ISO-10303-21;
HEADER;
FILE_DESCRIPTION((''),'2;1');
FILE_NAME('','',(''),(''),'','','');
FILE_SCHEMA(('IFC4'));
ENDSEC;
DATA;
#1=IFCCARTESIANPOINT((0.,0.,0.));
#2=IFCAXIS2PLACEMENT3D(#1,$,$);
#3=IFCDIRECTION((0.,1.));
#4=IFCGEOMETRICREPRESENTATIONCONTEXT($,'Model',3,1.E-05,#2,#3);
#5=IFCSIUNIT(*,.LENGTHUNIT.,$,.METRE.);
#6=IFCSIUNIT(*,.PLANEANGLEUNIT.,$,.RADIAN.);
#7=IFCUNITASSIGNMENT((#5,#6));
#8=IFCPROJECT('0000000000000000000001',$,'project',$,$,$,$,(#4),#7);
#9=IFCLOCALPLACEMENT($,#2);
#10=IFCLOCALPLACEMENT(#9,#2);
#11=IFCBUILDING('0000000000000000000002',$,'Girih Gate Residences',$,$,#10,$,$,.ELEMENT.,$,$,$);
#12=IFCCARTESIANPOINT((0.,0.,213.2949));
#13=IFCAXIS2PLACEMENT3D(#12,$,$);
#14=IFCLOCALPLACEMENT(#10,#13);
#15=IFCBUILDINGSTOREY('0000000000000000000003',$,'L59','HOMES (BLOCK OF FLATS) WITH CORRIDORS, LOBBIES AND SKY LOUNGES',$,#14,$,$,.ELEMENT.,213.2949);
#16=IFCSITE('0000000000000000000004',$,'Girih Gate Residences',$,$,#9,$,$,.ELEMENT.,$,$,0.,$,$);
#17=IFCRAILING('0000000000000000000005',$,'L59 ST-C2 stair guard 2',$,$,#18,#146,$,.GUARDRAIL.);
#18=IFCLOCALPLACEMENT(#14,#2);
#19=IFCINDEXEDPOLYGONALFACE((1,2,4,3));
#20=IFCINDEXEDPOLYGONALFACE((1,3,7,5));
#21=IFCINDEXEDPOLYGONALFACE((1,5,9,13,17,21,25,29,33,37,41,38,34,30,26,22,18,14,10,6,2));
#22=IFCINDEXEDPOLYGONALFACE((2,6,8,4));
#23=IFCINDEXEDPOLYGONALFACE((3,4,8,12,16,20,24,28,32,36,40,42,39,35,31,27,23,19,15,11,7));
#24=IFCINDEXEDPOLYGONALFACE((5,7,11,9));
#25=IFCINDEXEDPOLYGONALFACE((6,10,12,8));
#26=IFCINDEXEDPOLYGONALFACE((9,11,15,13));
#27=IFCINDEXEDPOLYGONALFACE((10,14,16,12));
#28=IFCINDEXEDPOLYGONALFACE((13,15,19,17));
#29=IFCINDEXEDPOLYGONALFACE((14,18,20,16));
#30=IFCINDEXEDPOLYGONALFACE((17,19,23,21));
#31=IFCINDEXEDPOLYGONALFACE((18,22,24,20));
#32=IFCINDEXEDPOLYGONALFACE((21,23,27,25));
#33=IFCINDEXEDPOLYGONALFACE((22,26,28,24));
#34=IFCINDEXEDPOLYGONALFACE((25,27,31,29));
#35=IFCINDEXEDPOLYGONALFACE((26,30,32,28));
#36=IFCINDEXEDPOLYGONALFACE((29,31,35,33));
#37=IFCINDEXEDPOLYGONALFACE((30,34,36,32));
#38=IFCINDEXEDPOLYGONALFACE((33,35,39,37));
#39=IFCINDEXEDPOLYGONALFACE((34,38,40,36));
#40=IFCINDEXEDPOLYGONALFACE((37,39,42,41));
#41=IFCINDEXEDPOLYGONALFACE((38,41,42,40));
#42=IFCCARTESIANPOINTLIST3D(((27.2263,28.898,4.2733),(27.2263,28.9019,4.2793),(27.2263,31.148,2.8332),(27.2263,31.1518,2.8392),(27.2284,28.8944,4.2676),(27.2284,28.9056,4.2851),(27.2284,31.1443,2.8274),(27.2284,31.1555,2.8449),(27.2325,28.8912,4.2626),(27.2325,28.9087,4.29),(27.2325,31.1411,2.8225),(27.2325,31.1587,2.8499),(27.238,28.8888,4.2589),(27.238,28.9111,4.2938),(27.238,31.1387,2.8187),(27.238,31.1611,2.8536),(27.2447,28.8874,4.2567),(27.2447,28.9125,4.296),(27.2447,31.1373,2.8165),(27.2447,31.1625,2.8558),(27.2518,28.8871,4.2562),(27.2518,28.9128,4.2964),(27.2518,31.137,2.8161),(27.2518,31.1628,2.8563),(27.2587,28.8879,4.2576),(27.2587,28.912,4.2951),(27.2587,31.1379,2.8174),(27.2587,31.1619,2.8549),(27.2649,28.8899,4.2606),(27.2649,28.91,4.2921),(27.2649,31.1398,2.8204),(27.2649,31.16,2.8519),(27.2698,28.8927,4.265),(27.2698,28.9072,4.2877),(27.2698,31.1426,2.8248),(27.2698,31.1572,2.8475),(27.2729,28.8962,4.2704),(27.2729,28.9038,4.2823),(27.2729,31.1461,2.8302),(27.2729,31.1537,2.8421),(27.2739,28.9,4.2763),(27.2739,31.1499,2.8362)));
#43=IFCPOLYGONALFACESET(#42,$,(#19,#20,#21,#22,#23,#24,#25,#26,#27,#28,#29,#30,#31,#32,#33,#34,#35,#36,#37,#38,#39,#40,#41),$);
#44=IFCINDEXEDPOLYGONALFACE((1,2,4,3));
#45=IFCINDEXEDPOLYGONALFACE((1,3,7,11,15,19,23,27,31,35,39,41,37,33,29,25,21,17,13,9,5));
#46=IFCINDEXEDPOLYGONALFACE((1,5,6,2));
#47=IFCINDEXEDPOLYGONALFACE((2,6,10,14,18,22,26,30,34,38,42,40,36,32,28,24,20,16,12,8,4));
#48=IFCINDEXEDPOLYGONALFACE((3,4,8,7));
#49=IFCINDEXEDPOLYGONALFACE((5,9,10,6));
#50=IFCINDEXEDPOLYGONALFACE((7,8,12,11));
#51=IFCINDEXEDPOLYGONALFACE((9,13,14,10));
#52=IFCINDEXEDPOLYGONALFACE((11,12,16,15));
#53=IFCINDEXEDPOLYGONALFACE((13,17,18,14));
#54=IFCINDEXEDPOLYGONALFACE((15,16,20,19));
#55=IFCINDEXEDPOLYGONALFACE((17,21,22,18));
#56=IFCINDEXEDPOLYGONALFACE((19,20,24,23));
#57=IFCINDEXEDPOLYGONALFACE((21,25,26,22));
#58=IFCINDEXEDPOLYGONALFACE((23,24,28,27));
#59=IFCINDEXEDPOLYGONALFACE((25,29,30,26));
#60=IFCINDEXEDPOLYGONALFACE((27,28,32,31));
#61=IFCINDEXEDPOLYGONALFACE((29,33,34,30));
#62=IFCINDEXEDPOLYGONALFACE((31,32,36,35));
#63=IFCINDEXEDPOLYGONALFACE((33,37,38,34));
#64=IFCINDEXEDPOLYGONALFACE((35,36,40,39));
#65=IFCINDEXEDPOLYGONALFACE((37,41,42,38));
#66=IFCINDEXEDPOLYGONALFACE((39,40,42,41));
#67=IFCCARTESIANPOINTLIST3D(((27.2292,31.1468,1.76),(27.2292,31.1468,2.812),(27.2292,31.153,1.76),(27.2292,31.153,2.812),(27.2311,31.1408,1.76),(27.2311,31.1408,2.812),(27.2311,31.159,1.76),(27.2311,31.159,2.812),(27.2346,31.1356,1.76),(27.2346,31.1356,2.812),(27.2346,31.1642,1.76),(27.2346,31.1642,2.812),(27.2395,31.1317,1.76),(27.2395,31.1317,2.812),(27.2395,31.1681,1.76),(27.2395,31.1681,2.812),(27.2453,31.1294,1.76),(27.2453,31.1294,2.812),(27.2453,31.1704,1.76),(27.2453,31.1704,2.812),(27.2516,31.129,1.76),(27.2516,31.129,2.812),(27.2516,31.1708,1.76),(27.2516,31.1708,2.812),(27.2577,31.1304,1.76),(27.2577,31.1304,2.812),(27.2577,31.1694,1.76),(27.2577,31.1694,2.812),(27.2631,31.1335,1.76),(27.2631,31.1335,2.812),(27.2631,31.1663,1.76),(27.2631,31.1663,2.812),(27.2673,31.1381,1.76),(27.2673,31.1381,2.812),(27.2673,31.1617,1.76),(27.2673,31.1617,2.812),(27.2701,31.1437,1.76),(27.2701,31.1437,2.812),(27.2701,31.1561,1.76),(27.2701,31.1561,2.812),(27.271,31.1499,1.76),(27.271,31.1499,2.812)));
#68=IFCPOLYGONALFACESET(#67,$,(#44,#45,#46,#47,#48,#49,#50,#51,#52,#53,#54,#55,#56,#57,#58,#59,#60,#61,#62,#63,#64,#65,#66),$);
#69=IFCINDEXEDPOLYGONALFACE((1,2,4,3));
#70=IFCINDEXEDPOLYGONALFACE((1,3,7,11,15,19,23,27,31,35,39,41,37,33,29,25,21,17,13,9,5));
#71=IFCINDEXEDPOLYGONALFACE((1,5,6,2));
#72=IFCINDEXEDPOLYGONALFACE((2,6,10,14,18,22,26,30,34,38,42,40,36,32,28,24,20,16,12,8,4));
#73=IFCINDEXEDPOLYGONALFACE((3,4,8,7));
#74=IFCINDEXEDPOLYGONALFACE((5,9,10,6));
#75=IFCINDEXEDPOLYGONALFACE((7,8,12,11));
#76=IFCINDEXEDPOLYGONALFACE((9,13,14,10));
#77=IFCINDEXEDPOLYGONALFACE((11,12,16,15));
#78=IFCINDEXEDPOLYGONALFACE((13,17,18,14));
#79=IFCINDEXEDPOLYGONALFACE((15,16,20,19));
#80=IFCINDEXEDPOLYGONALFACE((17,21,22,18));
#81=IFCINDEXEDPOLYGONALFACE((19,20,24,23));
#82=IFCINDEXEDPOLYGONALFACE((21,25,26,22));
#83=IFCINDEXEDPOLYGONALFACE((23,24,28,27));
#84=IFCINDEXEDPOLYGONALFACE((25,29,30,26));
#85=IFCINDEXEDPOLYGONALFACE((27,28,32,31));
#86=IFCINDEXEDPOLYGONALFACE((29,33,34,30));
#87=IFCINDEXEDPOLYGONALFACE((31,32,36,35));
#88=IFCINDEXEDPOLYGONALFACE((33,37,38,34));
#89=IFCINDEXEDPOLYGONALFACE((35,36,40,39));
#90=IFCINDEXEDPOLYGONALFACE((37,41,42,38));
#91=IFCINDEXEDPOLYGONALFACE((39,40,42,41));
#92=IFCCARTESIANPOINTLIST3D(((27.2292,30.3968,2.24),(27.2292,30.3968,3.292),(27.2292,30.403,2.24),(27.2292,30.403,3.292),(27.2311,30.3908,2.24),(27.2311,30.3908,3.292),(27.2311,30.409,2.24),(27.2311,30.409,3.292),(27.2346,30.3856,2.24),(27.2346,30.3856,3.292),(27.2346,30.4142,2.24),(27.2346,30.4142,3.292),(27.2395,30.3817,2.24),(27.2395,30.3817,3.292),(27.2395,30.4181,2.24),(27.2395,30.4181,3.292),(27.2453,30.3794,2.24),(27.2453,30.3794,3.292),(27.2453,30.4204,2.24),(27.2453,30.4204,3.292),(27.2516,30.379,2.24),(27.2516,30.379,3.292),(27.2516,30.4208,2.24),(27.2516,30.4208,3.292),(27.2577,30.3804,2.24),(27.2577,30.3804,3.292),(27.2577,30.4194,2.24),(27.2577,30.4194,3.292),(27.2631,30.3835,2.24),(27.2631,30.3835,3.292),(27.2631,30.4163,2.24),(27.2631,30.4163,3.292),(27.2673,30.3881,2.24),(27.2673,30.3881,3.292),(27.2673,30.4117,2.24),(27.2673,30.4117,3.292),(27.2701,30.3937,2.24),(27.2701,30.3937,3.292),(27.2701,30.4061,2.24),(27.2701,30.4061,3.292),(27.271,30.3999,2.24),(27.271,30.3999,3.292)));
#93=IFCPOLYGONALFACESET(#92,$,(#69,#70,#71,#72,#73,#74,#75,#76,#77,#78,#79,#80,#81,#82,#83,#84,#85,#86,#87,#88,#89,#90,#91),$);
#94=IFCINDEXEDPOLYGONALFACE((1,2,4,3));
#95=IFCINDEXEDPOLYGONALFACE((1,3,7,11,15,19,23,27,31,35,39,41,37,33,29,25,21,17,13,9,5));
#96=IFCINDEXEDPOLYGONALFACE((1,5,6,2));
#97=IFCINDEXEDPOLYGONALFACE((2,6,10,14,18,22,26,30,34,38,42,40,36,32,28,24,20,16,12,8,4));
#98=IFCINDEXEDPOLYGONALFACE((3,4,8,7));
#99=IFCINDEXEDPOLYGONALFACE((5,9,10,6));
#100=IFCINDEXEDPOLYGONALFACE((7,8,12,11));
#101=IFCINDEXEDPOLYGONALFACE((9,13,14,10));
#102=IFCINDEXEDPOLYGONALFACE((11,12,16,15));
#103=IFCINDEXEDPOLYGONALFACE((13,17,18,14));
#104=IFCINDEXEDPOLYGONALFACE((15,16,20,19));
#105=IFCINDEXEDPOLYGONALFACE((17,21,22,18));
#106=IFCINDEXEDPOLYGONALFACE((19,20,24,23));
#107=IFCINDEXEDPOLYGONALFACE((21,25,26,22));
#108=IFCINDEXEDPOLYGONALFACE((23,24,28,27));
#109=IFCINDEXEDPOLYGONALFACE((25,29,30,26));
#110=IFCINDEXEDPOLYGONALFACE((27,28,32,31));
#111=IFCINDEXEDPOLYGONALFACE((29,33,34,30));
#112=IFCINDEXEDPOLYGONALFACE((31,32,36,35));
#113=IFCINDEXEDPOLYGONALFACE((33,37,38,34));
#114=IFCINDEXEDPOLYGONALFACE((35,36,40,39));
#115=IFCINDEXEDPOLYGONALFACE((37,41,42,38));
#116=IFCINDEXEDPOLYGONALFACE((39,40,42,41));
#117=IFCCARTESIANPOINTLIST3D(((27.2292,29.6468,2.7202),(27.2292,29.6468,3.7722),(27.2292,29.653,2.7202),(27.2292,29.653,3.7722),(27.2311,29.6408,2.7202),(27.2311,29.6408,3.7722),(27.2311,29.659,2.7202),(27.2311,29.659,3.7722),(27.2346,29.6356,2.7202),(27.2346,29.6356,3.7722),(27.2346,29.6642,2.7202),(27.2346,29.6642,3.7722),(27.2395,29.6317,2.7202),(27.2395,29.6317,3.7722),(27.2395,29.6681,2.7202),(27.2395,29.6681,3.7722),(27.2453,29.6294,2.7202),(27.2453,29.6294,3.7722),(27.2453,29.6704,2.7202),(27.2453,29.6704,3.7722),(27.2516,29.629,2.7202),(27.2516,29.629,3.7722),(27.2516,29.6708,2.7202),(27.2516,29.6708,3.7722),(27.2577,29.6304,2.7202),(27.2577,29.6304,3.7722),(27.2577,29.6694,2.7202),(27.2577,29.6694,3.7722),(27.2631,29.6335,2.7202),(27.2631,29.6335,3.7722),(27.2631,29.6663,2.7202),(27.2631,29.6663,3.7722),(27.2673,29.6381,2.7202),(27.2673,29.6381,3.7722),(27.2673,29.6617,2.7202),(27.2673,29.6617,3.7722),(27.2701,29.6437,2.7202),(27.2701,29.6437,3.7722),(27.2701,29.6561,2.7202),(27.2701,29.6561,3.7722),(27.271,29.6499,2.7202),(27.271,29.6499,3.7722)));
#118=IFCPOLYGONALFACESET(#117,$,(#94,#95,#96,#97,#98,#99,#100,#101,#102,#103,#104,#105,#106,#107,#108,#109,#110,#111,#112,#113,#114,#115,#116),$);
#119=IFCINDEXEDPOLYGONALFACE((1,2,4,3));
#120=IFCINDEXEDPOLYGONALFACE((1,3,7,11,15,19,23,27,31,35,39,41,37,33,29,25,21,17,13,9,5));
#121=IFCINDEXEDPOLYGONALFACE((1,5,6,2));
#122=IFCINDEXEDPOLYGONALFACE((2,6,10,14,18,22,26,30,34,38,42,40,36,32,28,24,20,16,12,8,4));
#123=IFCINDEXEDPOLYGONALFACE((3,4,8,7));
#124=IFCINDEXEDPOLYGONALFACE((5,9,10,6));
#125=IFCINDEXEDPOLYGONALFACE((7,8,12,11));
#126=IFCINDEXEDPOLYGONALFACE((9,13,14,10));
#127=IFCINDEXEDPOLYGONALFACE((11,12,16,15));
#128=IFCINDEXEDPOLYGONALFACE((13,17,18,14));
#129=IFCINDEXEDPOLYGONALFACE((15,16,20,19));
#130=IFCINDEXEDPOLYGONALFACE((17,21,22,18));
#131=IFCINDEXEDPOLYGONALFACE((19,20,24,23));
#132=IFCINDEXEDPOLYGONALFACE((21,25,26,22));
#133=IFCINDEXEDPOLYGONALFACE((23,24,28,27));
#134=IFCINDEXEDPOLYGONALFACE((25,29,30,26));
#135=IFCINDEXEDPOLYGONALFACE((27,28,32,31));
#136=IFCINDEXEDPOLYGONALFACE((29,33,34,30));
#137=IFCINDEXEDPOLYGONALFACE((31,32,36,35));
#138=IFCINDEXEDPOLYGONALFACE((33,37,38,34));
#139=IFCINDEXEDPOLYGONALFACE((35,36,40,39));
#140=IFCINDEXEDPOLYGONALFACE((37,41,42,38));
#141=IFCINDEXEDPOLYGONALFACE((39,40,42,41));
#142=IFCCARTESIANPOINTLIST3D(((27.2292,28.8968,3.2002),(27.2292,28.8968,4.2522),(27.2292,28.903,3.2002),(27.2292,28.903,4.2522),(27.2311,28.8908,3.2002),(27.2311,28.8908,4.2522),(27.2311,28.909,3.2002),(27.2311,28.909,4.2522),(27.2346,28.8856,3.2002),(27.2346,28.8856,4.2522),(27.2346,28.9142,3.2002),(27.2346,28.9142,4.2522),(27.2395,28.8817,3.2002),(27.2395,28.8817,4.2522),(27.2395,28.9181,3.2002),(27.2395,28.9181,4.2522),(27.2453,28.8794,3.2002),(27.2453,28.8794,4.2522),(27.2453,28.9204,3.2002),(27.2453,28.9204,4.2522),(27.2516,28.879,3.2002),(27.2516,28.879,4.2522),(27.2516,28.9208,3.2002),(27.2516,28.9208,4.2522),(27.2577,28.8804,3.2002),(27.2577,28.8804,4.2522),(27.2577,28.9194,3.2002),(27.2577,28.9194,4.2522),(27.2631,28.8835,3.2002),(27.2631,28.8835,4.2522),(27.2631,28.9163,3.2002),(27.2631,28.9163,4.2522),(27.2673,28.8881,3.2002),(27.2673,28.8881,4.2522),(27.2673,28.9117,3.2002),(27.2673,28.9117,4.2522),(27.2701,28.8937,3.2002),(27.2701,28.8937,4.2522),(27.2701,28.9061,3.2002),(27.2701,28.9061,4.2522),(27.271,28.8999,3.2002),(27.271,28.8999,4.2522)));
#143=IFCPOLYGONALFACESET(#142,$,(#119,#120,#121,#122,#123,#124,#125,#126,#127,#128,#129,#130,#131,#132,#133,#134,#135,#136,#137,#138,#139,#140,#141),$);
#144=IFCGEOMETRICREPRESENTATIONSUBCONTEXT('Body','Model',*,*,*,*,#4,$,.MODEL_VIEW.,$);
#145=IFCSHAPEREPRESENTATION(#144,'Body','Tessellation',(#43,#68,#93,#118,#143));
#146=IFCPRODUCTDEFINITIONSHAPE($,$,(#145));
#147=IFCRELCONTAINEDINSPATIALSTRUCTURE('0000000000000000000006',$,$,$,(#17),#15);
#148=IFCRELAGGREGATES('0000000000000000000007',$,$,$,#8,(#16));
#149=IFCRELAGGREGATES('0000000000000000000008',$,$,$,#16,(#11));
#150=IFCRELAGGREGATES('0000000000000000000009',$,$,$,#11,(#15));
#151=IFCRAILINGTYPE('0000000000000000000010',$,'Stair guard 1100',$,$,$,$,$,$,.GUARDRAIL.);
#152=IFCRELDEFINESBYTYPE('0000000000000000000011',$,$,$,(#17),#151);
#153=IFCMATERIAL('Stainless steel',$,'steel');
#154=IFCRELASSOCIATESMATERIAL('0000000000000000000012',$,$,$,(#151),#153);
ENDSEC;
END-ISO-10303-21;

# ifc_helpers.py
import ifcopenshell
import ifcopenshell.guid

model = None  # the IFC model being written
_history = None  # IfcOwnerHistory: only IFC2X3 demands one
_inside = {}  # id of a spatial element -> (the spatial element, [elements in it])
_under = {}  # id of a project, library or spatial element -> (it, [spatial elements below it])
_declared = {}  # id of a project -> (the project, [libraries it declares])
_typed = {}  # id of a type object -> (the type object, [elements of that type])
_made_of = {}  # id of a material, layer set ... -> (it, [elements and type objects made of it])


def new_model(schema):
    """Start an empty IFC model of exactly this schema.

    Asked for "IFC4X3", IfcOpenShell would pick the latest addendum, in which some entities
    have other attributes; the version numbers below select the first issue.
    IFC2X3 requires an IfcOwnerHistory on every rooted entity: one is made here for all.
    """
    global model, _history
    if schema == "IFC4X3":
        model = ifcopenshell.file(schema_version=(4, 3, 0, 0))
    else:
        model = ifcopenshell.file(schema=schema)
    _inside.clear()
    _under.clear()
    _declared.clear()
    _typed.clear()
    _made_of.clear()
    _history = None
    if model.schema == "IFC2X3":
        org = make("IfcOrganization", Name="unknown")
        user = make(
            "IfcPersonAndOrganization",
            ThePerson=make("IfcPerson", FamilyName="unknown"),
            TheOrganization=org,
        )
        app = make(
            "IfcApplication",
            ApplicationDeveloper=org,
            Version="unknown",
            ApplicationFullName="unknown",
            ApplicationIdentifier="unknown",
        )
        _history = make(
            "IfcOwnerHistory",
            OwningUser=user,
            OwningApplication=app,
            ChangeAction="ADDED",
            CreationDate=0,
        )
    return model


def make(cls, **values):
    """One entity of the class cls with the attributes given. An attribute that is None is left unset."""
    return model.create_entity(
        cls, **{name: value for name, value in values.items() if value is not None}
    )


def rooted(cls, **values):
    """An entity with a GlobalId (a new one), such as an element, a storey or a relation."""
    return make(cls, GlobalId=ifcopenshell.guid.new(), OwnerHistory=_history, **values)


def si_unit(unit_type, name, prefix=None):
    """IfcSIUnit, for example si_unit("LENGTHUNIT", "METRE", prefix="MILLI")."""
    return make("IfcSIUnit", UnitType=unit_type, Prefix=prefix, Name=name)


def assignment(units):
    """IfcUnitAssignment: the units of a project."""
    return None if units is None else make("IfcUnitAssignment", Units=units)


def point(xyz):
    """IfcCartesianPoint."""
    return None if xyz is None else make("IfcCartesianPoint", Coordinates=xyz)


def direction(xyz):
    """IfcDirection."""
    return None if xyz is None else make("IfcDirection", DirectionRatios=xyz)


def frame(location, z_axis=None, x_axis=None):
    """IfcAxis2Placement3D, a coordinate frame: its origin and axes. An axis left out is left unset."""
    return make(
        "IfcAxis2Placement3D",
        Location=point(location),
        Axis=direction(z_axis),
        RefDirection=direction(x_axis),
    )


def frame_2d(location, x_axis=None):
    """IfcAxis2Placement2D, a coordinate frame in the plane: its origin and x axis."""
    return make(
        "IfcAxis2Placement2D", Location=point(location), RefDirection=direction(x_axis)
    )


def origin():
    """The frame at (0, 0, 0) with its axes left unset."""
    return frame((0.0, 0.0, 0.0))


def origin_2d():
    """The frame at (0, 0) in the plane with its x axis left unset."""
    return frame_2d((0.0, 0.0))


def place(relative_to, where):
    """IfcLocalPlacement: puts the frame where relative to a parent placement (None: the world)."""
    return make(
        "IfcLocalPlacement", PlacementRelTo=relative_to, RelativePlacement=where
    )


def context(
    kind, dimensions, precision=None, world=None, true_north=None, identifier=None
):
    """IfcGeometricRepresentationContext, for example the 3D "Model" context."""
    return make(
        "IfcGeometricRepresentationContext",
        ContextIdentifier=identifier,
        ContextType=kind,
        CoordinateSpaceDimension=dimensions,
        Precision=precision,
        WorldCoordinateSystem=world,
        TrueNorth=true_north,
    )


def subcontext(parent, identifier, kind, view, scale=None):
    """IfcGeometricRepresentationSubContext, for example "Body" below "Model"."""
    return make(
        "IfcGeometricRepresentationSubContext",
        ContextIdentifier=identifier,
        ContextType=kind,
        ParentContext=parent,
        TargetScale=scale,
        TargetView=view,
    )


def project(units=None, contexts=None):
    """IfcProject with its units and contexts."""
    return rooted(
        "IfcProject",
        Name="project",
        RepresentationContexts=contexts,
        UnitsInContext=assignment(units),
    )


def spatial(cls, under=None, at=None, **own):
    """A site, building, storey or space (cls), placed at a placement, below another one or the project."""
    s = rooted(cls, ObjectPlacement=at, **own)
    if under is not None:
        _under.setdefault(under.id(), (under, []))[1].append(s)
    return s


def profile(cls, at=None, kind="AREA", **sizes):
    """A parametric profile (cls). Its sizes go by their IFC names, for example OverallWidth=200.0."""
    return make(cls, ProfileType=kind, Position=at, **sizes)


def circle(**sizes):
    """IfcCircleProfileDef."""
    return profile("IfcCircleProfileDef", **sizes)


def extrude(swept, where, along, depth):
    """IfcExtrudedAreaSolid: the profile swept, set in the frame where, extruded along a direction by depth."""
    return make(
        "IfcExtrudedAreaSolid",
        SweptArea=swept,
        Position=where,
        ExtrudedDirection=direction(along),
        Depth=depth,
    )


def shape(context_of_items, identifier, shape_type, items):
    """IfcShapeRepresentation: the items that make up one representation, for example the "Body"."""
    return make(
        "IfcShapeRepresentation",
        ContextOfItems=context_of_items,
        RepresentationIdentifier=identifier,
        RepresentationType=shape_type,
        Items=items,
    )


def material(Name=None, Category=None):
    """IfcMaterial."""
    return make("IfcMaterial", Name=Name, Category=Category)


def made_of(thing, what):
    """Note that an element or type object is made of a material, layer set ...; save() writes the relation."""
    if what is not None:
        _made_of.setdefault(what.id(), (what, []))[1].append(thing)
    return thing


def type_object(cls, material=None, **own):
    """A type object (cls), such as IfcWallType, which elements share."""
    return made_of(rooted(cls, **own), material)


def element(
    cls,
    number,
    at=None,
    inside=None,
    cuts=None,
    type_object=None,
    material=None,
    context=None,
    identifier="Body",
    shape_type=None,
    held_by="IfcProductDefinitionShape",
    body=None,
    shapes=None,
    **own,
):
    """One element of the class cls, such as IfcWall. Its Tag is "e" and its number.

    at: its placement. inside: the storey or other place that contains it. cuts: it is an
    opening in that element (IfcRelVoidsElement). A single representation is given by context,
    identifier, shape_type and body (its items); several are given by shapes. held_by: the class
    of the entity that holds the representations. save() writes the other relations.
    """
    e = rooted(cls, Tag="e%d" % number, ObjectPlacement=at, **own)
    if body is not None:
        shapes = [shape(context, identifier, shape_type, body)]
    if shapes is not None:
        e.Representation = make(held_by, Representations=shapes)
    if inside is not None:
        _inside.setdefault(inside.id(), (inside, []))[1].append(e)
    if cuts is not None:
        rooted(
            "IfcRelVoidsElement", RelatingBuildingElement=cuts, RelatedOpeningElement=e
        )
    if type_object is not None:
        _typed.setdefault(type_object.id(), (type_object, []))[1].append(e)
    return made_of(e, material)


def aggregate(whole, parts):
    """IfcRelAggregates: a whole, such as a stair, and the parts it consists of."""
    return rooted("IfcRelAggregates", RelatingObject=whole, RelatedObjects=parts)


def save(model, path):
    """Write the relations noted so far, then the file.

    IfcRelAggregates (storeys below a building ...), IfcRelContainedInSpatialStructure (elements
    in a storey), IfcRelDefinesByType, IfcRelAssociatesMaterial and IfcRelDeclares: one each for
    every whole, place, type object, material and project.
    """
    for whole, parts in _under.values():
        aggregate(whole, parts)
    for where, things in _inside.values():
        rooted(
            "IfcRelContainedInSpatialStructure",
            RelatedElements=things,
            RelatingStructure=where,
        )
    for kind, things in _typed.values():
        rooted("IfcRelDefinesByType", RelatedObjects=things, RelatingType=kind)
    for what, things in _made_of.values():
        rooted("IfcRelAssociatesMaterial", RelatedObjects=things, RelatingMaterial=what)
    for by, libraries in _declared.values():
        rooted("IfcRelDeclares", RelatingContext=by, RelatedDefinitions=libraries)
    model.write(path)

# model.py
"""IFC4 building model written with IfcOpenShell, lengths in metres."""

from ifc_helpers import new_model, si_unit, direction, frame, origin, origin_2d, place, context, subcontext, project, spatial, circle, extrude, material, type_object, element, save


model = new_model("IFC4")

# Units and contexts
model_context = context("Model", 3, precision=1e-05, world=origin(), true_north=direction((0.0, 1.0)))
body_context = subcontext(model_context, "Body", "Model", "MODEL_VIEW")
ifc_project = project(units=[si_unit("LENGTHUNIT", "METRE"), si_unit("PLANEANGLEUNIT", "RADIAN")], contexts=[model_context])

# Site, building, storey
site_placement = place(None, origin())
site = spatial("IfcSite", under=ifc_project, at=site_placement, Name="Girih Gate Residences", CompositionType="ELEMENT", RefElevation=0.0)
building_placement = place(site_placement, origin())
building = spatial("IfcBuilding", under=site, at=building_placement, Name="Girih Gate Residences", CompositionType="ELEMENT")
storey_placement = place(building_placement, frame((0.0, 0.0, 213.2949)))
storey = spatial("IfcBuildingStorey", under=building, at=storey_placement, Name="L59", Description="HOMES (BLOCK OF FLATS) WITH CORRIDORS, LOBBIES AND SKY LOUNGES", CompositionType="ELEMENT", Elevation=213.2949)

# Railing
ifc_material_1 = material(Name="Stainless steel", Category="steel")
railing_type_1 = type_object("IfcRailingType", Name="Stair guard 1100", PredefinedType="GUARDRAIL", material=ifc_material_1)
railing_1_placement = place(storey_placement, frame((27.25, 31.1499, 1.76)))
element("IfcRailing", 1, at=railing_1_placement, inside=storey, type_object=railing_type_1, Name="L59 ST-C2 stair guard 2", PredefinedType="GUARDRAIL", context=body_context, shape_type="SweptSolid", body=[
    extrude(circle(Radius=0.0239, at=origin_2d()), frame((0.0, 0.0, 1.0762), z_axis=(0.0, -0.84224, 0.539103), x_axis=(1.0, 0.0, 0.0)), (0.0, 0.0, 1.0), 2.6714),
    extrude(circle(Radius=0.021, at=origin_2d()), origin(), (0.0, 0.0, 1.0), 1.052),
    extrude(circle(Radius=0.021, at=origin_2d()), frame((0.0, -0.75, 0.48)), (0.0, 0.0, 1.0), 1.052),
    extrude(circle(Radius=0.021, at=origin_2d()), frame((0.0, -1.5, 0.9602)), (0.0, 0.0, 1.0), 1.052),
    extrude(circle(Radius=0.021, at=origin_2d()), frame((0.0, -2.25, 1.4402)), (0.0, 0.0, 1.0), 1.052),
])

save(model, "model.ifc")
